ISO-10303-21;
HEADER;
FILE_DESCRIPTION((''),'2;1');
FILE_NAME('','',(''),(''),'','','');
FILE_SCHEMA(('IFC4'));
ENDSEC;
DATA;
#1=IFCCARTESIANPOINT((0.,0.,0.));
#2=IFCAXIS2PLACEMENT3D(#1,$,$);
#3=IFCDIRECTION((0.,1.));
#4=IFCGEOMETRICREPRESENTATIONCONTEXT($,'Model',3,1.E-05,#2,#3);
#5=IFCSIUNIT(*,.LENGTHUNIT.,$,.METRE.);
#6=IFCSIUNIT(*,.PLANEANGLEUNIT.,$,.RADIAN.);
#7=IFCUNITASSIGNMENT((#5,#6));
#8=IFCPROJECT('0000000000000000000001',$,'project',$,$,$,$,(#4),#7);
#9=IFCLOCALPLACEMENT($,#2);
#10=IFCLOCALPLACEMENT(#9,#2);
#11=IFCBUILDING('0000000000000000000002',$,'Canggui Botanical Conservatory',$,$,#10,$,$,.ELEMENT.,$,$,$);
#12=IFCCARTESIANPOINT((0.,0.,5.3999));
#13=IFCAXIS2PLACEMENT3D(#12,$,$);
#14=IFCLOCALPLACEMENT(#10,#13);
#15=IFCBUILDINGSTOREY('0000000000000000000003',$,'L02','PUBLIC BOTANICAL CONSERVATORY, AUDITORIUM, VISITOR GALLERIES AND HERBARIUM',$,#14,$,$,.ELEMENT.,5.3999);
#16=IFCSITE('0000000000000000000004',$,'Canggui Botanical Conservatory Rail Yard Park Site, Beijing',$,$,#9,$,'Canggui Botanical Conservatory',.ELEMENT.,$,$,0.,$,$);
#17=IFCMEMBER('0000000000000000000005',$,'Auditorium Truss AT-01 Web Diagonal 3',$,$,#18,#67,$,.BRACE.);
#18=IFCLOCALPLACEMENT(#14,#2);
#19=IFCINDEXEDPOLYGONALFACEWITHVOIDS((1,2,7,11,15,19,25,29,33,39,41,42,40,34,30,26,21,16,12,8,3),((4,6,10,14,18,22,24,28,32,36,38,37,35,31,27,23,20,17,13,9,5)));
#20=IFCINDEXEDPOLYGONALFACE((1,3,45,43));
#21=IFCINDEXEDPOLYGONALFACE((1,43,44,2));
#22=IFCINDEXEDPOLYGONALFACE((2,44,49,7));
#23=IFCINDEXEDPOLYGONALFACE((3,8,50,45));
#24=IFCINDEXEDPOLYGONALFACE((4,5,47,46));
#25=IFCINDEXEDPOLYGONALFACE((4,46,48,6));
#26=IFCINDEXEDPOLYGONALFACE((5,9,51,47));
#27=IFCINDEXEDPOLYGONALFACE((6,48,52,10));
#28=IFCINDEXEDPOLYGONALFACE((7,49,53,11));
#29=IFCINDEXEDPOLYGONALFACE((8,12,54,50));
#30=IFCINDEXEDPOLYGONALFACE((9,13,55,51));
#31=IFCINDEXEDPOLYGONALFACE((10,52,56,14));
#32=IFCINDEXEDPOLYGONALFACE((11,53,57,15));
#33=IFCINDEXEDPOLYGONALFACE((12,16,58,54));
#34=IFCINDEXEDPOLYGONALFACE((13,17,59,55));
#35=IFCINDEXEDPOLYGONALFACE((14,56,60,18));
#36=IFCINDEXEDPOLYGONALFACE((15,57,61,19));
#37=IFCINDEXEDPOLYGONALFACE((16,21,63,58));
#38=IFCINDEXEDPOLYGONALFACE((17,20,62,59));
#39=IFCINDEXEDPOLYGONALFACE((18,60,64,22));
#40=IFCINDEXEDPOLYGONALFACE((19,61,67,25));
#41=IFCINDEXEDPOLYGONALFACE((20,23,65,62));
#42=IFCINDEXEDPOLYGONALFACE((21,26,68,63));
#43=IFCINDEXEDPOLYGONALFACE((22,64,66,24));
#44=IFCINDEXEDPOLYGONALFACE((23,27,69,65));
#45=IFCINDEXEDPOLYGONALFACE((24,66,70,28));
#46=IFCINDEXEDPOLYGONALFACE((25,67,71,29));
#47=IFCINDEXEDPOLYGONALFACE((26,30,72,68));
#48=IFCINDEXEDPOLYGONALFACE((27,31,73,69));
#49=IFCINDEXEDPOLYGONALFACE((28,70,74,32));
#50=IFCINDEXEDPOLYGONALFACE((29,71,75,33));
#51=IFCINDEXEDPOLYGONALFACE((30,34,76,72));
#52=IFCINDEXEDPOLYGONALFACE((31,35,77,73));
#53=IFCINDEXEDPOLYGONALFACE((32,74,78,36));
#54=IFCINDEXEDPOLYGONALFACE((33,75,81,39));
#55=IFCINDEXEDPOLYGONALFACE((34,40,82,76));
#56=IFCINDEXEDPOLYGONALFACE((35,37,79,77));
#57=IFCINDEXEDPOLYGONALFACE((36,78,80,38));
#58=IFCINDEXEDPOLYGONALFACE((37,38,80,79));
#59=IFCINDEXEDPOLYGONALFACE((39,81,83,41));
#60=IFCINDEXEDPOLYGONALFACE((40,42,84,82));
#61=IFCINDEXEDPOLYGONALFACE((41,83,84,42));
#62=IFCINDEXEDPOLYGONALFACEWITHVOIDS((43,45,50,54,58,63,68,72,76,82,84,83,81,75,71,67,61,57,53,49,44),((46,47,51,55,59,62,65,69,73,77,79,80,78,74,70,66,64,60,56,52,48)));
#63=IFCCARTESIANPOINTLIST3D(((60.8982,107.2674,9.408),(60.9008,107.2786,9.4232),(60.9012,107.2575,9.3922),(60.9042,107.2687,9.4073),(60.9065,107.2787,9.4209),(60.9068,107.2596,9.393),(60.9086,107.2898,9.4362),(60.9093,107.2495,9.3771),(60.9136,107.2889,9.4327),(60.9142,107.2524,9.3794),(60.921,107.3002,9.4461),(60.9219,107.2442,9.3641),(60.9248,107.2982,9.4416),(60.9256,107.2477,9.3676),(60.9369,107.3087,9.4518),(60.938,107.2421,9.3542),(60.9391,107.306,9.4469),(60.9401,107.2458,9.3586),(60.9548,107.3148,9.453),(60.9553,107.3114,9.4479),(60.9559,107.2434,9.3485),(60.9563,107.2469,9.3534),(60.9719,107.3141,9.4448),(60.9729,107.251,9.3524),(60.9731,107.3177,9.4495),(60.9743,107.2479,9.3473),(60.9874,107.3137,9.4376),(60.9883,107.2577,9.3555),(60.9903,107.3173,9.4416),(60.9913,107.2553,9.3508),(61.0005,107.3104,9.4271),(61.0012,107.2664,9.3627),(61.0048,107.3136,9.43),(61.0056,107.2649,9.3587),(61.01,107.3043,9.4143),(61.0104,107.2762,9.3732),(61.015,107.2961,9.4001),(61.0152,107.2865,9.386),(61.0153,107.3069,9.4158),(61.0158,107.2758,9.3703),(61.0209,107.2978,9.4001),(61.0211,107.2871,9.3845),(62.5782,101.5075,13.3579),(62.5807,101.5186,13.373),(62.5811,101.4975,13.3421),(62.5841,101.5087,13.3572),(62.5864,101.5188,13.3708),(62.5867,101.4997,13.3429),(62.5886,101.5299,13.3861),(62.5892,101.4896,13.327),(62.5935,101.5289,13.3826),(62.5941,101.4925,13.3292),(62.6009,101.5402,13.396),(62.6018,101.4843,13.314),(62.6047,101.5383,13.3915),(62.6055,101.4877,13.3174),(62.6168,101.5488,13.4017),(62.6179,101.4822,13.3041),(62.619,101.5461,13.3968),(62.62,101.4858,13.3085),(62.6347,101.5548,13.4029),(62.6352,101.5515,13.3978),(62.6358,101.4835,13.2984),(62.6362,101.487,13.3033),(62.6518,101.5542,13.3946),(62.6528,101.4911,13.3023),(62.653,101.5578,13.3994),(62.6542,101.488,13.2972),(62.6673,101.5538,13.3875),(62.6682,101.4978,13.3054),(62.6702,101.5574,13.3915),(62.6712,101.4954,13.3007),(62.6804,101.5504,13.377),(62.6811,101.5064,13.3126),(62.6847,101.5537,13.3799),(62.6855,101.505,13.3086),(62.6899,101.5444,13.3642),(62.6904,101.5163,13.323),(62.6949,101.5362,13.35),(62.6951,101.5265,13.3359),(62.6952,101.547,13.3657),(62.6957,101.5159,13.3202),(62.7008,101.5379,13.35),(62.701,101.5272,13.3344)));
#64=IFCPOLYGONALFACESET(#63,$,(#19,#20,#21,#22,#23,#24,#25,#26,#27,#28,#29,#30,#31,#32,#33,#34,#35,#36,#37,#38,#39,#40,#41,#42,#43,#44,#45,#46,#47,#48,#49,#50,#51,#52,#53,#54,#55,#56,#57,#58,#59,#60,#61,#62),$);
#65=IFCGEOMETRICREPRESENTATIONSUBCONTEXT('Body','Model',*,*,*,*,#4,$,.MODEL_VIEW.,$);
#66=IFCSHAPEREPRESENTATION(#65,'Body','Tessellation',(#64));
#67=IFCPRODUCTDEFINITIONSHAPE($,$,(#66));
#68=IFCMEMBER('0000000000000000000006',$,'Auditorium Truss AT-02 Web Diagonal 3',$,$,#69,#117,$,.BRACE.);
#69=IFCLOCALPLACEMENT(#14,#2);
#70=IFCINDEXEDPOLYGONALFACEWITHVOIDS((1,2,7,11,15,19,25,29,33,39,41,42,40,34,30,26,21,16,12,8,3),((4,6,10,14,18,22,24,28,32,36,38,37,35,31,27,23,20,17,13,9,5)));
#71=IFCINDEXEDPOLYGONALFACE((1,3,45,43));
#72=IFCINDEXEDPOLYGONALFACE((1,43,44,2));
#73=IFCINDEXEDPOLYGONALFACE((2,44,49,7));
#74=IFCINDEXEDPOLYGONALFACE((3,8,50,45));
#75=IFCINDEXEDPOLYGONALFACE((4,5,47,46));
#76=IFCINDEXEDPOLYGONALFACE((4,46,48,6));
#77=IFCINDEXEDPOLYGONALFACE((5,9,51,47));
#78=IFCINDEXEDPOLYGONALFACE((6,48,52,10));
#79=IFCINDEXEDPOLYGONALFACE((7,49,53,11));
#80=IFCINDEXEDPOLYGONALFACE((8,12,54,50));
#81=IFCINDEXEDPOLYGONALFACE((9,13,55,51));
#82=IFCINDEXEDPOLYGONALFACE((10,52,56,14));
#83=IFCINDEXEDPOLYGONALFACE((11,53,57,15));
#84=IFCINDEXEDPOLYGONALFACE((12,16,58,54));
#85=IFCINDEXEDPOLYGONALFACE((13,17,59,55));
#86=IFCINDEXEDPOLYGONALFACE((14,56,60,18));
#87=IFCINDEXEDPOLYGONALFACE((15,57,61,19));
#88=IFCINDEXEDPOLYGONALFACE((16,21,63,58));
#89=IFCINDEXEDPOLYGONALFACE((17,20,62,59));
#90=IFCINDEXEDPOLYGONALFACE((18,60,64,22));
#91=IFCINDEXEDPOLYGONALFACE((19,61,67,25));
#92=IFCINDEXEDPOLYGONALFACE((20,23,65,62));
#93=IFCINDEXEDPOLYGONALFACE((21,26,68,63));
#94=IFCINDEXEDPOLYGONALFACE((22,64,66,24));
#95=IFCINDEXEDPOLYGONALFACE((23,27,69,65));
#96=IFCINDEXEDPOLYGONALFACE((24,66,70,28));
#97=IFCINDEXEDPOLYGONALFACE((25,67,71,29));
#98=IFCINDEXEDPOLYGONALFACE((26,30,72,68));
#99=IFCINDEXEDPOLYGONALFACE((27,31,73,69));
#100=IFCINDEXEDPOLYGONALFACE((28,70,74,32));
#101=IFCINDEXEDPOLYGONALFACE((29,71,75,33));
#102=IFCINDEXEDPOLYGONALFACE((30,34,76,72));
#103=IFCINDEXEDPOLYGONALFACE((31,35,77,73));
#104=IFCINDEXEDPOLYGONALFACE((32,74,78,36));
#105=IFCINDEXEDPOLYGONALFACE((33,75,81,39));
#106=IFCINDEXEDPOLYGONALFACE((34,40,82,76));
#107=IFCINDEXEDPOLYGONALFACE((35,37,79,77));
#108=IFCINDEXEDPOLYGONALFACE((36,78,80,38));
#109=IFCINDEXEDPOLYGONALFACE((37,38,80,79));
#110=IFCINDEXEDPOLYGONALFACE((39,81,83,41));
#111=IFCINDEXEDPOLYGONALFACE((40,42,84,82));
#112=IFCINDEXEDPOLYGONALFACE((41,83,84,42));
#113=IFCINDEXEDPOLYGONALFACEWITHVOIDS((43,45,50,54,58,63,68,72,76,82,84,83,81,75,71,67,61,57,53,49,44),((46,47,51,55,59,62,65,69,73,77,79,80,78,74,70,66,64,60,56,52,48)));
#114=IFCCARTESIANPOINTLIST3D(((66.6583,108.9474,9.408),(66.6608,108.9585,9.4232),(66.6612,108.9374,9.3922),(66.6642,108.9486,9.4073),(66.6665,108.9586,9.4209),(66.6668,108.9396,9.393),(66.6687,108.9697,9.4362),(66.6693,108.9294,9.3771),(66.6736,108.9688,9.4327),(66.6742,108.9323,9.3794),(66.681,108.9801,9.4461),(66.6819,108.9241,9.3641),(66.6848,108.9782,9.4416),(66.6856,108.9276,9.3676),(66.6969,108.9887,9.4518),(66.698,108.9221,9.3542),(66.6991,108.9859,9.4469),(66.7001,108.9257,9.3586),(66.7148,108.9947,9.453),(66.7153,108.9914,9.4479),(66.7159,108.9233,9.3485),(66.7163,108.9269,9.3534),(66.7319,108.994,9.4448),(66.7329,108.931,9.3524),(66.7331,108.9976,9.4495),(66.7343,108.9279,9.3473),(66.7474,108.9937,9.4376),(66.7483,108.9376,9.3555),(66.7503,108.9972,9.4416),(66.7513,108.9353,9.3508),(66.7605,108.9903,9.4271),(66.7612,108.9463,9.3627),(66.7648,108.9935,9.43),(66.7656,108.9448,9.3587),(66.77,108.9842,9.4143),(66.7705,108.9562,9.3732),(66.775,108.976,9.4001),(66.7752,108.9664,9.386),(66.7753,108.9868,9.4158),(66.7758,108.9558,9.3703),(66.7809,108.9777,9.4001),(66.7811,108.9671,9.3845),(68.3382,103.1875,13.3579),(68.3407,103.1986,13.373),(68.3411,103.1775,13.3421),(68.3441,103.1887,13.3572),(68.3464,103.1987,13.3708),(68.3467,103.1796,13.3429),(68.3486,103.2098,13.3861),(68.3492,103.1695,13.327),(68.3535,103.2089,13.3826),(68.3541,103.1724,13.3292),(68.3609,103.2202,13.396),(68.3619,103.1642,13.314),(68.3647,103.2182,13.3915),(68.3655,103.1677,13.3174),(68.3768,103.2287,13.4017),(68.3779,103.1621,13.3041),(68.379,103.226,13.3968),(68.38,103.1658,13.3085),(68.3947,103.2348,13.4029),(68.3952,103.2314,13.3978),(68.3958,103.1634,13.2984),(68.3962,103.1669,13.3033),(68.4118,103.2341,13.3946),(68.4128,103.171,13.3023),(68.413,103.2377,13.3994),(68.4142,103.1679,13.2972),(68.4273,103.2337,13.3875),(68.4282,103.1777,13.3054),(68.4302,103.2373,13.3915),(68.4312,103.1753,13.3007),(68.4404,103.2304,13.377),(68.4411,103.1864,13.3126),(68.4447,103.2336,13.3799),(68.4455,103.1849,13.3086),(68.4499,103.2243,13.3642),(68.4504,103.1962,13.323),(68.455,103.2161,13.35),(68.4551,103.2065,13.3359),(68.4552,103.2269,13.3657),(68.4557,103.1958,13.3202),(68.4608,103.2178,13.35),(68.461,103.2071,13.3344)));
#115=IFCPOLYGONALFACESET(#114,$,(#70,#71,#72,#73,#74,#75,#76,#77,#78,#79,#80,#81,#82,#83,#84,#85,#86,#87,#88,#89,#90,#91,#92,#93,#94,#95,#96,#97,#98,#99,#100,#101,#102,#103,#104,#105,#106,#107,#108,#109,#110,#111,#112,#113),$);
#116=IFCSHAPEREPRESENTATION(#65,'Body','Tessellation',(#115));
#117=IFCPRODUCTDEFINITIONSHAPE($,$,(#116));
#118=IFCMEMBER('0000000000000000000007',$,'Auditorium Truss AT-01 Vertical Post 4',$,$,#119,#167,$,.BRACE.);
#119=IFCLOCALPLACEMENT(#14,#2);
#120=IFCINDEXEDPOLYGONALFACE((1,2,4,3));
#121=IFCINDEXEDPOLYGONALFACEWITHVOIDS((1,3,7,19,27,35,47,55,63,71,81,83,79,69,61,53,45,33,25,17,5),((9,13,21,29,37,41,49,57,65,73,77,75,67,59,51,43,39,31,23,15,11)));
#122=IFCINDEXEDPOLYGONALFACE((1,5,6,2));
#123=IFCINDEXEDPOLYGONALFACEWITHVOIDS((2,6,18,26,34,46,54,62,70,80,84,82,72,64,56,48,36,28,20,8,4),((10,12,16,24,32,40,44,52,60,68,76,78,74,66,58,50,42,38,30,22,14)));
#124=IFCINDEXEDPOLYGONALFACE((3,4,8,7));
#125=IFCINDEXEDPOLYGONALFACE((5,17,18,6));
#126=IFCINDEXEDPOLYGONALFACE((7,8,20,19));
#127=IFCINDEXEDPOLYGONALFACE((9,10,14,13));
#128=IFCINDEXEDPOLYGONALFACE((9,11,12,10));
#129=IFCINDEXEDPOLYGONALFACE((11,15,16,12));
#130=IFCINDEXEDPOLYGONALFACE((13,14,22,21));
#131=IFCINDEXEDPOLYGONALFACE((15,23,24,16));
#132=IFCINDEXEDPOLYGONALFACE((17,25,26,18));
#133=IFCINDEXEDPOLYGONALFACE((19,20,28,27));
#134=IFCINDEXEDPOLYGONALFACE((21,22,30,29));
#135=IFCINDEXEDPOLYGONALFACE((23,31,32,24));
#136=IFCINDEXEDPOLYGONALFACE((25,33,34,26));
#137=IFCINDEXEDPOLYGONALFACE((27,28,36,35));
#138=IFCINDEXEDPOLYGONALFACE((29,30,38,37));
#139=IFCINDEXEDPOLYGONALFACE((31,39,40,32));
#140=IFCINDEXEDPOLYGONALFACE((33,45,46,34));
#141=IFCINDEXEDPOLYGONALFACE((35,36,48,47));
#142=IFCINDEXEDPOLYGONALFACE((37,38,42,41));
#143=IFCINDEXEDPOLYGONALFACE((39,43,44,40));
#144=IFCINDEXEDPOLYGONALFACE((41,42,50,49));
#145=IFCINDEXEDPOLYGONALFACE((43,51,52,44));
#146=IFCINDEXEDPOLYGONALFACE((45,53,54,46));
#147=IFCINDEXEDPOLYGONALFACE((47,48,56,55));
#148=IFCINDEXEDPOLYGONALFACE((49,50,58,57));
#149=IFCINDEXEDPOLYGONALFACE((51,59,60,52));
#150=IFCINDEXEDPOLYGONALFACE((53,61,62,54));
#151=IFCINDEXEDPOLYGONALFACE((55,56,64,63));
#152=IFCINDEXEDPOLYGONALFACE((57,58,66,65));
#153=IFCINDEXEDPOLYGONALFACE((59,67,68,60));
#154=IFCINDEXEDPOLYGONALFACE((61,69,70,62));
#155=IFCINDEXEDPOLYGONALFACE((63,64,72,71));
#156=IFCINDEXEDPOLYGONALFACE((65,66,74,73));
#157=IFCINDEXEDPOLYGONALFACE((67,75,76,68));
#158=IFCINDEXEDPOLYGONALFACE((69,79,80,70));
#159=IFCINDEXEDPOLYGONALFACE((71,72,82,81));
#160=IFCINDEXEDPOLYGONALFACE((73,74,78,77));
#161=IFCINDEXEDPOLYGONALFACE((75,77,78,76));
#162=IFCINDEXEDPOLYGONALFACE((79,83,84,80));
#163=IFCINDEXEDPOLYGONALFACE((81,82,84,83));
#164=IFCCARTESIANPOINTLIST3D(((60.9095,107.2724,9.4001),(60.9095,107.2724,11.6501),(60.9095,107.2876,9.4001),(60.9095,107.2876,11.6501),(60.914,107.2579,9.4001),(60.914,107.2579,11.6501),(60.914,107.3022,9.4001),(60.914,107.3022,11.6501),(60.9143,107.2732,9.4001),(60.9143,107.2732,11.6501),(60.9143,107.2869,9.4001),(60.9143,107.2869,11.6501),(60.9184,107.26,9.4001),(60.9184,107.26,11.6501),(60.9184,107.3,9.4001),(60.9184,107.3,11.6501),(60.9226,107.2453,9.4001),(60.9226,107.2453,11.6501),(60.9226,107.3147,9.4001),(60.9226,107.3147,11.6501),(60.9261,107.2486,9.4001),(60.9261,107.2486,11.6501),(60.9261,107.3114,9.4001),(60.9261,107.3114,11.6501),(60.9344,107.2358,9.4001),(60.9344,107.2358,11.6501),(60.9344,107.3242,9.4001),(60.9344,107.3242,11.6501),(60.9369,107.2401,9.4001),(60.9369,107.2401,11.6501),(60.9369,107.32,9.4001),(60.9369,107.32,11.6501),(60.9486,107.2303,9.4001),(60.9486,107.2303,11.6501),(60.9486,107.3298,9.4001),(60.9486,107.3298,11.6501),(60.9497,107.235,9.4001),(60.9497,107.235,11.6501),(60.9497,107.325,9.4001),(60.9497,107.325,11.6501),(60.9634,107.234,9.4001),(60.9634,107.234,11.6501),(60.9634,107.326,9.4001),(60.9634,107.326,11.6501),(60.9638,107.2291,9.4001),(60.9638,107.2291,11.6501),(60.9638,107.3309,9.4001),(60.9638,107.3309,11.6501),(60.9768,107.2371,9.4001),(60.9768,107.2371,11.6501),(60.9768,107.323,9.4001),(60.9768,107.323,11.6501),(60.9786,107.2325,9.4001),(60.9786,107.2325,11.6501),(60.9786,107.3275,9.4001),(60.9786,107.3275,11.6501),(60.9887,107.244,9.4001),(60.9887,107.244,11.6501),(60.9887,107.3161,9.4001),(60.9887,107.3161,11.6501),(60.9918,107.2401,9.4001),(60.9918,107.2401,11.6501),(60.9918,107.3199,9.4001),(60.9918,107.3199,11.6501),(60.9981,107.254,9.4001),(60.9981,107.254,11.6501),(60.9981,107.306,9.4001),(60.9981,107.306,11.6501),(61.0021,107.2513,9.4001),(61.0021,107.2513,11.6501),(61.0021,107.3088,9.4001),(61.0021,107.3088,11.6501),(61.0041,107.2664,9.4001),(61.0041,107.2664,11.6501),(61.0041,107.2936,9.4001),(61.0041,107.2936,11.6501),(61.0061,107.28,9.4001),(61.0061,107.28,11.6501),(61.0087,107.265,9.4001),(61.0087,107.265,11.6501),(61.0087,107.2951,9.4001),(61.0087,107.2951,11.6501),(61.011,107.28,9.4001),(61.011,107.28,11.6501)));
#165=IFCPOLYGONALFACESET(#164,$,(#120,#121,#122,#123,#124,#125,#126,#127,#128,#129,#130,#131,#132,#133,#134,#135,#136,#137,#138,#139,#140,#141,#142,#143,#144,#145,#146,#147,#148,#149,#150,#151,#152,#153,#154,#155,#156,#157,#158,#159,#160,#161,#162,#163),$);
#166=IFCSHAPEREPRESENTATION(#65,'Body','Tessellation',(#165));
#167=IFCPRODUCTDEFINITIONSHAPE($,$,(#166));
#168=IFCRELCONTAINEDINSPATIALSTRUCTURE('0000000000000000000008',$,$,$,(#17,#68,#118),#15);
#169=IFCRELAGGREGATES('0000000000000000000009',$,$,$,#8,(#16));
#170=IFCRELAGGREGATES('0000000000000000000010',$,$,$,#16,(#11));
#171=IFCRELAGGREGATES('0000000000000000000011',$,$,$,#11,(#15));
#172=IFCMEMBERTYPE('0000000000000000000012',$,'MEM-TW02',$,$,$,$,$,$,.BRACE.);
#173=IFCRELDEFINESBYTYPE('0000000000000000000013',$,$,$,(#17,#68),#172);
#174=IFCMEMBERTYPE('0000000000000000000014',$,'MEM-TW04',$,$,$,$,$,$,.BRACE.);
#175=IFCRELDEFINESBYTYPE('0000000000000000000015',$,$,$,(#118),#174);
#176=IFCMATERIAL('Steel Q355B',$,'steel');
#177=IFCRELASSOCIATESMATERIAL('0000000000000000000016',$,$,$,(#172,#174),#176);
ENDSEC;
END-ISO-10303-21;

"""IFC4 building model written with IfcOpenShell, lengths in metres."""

from ifc_helpers import new_model, si_unit, direction, frame, origin, origin_2d, place, context, subcontext, project, spatial, hollow_circle, extrude, material, material_profile, profile_set, type_object, element, save


model = new_model("IFC4")

# Units and contexts
model_context = context("Model", 3, precision=1e-05, world=origin(), true_north=direction((0.0, 1.0)))
body_context = subcontext(model_context, "Body", "Model", "MODEL_VIEW")
ifc_project = project(units=[si_unit("LENGTHUNIT", "METRE"), si_unit("PLANEANGLEUNIT", "RADIAN")], contexts=[model_context])

# Site, building, storey
site_placement = place(None, origin())
site = spatial("IfcSite", under=ifc_project, at=site_placement, Name="Canggui Botanical Conservatory Rail Yard Park Site, Beijing", LongName="Canggui Botanical Conservatory", CompositionType="ELEMENT", RefElevation=0.0)
building_placement = place(site_placement, origin())
building = spatial("IfcBuilding", under=site, at=building_placement, Name="Canggui Botanical Conservatory", CompositionType="ELEMENT")
storey_placement = place(building_placement, frame((0.0, 0.0, 5.3999)))
storey = spatial("IfcBuildingStorey", under=building, at=storey_placement, Name="L02", Description="PUBLIC BOTANICAL CONSERVATORY, AUDITORIUM, VISITOR GALLERIES AND HERBARIUM", CompositionType="ELEMENT", Elevation=5.3999)

# Members
ifc_material_1 = material(Name="Steel Q355B", Category="steel")
ifc_material_profile_1 = material_profile(ifc_material_1, hollow_circle(Radius=0.0635, WallThickness=0.0061, at=origin_2d()), Name="CHS 127x6")
ifc_profile_set_1 = profile_set([ifc_material_profile_1], Name="Steel Q355B")
member_type_1 = type_object("IfcMemberType", Name="MEM-TW02", PredefinedType="BRACE", material=ifc_profile_set_1)
for number, where, z_axis, x_axis, name in (
    (1, (60.96, 107.28, 9.4001), (0.233861, -0.801844, 0.549868), (0.960003, 0.279989, 0.0), "Auditorium Truss AT-01 Web Diagonal 3"),
    (2, (66.72, 108.96, 9.4001), (0.233861, -0.801844, 0.549868), (0.960003, 0.279989, 0.0), "Auditorium Truss AT-02 Web Diagonal 3"),
):
    element("IfcMember", number, at=place(storey_placement, frame(where, z_axis=z_axis, x_axis=x_axis)), inside=storey, type_object=member_type_1, Name=name, PredefinedType="BRACE", context=body_context, shape_type="SweptSolid", body=[
        extrude(hollow_circle(Radius=0.0635, WallThickness=0.0061, at=origin_2d()), origin(), (0.0, 0.0, 1.0), 7.1833),
    ])
ifc_material_profile_2 = material_profile(ifc_material_1, hollow_circle(Radius=0.051, WallThickness=0.0049, at=origin_2d()), Name="CHS 102x5")
ifc_profile_set_2 = profile_set([ifc_material_profile_2], Name="Steel Q355B")
member_type_2 = type_object("IfcMemberType", Name="MEM-TW04", PredefinedType="BRACE", material=ifc_profile_set_2)
member_1_placement = place(storey_placement, frame((60.96, 107.28, 9.4001), z_axis=(0.0, 0.0, 1.0), x_axis=(1.0, 0.0, 0.0)))
element("IfcMember", 3, at=member_1_placement, inside=storey, type_object=member_type_2, Name="Auditorium Truss AT-01 Vertical Post 4", PredefinedType="BRACE", context=body_context, shape_type="SweptSolid", body=[
    extrude(hollow_circle(Radius=0.051, WallThickness=0.0049, at=origin_2d()), origin(), (0.0, 0.0, 1.0), 2.25),
])

save(model, "model.ifc")
